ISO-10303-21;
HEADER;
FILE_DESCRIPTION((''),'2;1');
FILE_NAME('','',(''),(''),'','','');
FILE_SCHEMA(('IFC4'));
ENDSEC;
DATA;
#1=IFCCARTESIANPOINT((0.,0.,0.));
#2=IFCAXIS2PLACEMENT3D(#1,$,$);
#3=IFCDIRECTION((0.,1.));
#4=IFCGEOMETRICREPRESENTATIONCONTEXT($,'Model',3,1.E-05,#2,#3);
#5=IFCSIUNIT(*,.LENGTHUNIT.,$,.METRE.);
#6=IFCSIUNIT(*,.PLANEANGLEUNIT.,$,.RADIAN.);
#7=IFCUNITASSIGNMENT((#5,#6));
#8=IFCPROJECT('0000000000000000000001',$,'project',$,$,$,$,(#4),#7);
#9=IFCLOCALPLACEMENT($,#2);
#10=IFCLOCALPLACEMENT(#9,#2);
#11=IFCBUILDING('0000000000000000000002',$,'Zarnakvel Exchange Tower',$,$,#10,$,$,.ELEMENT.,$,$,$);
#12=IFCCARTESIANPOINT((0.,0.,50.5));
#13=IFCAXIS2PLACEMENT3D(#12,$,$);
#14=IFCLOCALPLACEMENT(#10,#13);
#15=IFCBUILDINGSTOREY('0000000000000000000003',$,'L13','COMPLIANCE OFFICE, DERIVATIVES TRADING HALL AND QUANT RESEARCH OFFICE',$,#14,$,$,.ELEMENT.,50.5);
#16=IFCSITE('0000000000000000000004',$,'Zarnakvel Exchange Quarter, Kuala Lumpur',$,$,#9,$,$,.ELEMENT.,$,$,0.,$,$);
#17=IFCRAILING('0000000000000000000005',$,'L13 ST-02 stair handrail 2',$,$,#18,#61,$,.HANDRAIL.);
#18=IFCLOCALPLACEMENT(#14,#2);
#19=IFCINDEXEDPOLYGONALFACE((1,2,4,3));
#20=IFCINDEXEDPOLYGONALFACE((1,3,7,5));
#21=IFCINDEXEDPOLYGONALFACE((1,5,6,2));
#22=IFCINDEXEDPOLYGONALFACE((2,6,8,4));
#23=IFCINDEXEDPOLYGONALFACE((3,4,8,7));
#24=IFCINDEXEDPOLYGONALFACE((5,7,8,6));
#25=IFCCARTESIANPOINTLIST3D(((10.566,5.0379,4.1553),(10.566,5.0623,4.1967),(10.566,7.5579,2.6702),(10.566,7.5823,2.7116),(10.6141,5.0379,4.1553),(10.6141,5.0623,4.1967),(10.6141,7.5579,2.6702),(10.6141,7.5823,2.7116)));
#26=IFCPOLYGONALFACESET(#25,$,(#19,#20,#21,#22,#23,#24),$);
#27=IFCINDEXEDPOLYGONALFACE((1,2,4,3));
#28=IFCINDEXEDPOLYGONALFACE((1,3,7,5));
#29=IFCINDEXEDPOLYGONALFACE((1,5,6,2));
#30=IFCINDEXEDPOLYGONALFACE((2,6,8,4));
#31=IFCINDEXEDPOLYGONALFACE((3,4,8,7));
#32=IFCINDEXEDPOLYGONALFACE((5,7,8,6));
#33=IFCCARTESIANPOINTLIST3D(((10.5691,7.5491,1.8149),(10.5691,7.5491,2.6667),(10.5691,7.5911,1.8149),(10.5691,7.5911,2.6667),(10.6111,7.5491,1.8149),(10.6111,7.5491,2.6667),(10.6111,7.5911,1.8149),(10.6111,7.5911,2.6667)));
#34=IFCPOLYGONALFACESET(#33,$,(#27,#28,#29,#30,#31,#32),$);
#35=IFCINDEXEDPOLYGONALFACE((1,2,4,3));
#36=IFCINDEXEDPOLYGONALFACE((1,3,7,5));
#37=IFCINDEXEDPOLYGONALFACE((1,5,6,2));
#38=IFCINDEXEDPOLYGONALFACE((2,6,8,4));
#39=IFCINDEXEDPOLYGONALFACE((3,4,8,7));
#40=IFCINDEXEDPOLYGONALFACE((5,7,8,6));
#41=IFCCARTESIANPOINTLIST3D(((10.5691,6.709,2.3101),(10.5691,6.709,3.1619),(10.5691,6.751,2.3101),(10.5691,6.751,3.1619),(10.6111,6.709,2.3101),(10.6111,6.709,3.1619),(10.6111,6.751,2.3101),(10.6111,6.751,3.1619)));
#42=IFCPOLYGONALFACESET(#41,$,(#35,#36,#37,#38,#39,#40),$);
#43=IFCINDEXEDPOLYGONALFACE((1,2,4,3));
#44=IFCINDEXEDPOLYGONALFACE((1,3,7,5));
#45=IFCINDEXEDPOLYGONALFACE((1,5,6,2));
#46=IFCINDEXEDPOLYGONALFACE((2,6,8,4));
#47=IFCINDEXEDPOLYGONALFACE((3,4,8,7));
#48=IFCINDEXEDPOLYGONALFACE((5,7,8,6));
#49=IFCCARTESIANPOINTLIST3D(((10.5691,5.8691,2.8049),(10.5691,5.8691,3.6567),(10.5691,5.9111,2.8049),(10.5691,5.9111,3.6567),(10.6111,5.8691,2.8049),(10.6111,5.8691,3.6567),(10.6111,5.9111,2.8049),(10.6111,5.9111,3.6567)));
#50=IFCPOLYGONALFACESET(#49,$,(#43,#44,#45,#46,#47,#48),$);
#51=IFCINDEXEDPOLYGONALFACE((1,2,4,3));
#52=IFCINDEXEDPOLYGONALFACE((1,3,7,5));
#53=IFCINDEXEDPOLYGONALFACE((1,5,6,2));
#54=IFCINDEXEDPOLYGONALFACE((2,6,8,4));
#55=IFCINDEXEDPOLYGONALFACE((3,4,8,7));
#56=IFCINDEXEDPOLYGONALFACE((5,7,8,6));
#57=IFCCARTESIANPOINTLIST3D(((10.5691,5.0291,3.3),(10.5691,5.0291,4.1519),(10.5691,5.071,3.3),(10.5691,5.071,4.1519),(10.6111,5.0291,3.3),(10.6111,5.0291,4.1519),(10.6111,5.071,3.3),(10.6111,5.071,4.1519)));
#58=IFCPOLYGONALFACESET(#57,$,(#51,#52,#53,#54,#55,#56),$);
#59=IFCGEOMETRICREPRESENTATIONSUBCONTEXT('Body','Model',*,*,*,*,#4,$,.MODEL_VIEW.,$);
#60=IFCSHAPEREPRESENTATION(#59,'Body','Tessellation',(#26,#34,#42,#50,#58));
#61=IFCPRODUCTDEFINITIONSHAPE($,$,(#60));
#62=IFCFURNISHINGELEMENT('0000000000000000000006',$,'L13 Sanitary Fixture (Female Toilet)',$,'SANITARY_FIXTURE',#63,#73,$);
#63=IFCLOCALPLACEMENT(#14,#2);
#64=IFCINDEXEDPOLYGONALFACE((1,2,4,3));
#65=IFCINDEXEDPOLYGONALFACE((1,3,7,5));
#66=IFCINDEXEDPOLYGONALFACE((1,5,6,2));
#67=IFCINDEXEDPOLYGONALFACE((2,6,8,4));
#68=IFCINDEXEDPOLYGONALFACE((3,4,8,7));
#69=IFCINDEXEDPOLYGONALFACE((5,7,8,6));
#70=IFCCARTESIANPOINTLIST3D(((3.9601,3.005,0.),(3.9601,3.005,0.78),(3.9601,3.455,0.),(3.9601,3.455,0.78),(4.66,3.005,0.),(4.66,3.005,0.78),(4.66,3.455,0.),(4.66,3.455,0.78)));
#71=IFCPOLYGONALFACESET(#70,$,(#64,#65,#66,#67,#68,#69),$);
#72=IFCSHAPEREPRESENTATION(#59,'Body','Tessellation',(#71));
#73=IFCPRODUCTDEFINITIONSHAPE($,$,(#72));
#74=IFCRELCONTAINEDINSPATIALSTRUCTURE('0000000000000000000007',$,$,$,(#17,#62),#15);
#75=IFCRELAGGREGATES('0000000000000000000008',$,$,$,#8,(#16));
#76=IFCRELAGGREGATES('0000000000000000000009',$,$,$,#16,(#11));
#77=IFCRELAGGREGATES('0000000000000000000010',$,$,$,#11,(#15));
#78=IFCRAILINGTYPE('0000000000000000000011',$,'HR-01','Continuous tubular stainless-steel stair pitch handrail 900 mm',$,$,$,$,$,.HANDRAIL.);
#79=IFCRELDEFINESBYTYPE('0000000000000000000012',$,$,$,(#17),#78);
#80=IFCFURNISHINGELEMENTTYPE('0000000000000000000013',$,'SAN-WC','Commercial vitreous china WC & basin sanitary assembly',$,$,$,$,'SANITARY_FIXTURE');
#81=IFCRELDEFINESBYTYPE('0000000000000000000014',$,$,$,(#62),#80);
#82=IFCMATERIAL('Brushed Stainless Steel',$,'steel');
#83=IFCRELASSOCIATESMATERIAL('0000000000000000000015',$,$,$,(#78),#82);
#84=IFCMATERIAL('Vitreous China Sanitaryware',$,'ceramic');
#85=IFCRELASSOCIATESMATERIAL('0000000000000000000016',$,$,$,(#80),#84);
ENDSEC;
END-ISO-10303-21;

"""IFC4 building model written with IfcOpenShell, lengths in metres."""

from ifc_helpers import new_model, si_unit, direction, frame, origin, origin_2d, place, context, subcontext, project, spatial, rectangle, extrude, source, transform, mapped, material, type_object, element, save


model = new_model("IFC4")

# Units and contexts
model_context = context("Model", 3, precision=1e-05, world=origin(), true_north=direction((0.0, 1.0)))
body_context = subcontext(model_context, "Body", "Model", "MODEL_VIEW")
ifc_project = project(units=[si_unit("LENGTHUNIT", "METRE"), si_unit("PLANEANGLEUNIT", "RADIAN")], contexts=[model_context])

# Site, building, storey
site_placement = place(None, origin())
site = spatial("IfcSite", under=ifc_project, at=site_placement, Name="Zarnakvel Exchange Quarter, Kuala Lumpur", CompositionType="ELEMENT", RefElevation=0.0)
building_placement = place(site_placement, origin())
building = spatial("IfcBuilding", under=site, at=building_placement, Name="Zarnakvel Exchange Tower", CompositionType="ELEMENT")
storey_placement = place(building_placement, frame((0.0, 0.0, 50.5)))
storey = spatial("IfcBuildingStorey", under=building, at=storey_placement, Name="L13", Description="COMPLIANCE OFFICE, DERIVATIVES TRADING HALL AND QUANT RESEARCH OFFICE", CompositionType="ELEMENT", Elevation=50.5)

# Shared definitions
ifc_material_1 = material(Name="Brushed Stainless Steel", Category="steel")

# Railing
railing_type = type_object("IfcRailingType", Name="HR-01", Description="Continuous tubular stainless-steel stair pitch handrail 900 mm", PredefinedType="HANDRAIL", material=ifc_material_1)
railing_placement = place(storey_placement, frame((10.5901, 7.5701, 1.8149)))
element("IfcRailing", 1, at=railing_placement, inside=storey, type_object=railing_type, Name="L13 ST-02 stair handrail 2", PredefinedType="HANDRAIL", context=body_context, shape_type="SweptSolid", body=[
    extrude(rectangle(XDim=0.0481, YDim=0.0481, at=origin_2d()), frame((0.0, 0.0, 0.876), z_axis=(0.0, -0.861524, 0.507717), x_axis=(1.0, 0.0, 0.0)), (0.0, 0.0, 1.0), 2.925),
    extrude(rectangle(XDim=0.042, YDim=0.042, at=origin_2d()), origin(), (0.0, 0.0, 1.0), 0.8518),
    extrude(rectangle(XDim=0.042, YDim=0.042, at=origin_2d()), frame((0.0, -0.8401, 0.4951)), (0.0, 0.0, 1.0), 0.8518),
    extrude(rectangle(XDim=0.042, YDim=0.042, at=origin_2d()), frame((0.0, -1.6799, 0.99)), (0.0, 0.0, 1.0), 0.8518),
    extrude(rectangle(XDim=0.042, YDim=0.042, at=origin_2d()), frame((0.0, -2.52, 1.4851)), (0.0, 0.0, 1.0), 0.8518),
])

# Furnishing element
ifc_material_2 = material(Name="Vitreous China Sanitaryware", Category="ceramic")
furnishing_element_type = type_object("IfcFurnishingElementType", Name="SAN-WC", Description="Commercial vitreous china WC & basin sanitary assembly", ElementType="SANITARY_FIXTURE", material=ifc_material_2)
shared_shape_1 = source(origin(), body_context, "Body", "SweptSolid", [
    extrude(rectangle(XDim=0.7, YDim=0.45, at=origin_2d()), origin(), (0.0, 0.0, 1.0), 0.78),
])
furnishing_placement = place(storey_placement, frame((4.3101, 3.23, 0.0), z_axis=(0.0, 0.0, 1.0), x_axis=(1.0, 0.0, 0.0)))
element("IfcFurnishingElement", 2, at=furnishing_placement, inside=storey, type_object=furnishing_element_type, Name="L13 Sanitary Fixture (Female Toilet)", ObjectType="SANITARY_FIXTURE", context=body_context, shape_type="MappedRepresentation", body=[
    mapped(shared_shape_1, transform((0.0, 0.0, 0.0), x_axis=(1.0, 0.0, 0.0), y_axis=(0.0, 1.0, 0.0), z_axis=(0.0, 0.0, 1.0), scale=1.0)),
])

save(model, "model.ifc")
